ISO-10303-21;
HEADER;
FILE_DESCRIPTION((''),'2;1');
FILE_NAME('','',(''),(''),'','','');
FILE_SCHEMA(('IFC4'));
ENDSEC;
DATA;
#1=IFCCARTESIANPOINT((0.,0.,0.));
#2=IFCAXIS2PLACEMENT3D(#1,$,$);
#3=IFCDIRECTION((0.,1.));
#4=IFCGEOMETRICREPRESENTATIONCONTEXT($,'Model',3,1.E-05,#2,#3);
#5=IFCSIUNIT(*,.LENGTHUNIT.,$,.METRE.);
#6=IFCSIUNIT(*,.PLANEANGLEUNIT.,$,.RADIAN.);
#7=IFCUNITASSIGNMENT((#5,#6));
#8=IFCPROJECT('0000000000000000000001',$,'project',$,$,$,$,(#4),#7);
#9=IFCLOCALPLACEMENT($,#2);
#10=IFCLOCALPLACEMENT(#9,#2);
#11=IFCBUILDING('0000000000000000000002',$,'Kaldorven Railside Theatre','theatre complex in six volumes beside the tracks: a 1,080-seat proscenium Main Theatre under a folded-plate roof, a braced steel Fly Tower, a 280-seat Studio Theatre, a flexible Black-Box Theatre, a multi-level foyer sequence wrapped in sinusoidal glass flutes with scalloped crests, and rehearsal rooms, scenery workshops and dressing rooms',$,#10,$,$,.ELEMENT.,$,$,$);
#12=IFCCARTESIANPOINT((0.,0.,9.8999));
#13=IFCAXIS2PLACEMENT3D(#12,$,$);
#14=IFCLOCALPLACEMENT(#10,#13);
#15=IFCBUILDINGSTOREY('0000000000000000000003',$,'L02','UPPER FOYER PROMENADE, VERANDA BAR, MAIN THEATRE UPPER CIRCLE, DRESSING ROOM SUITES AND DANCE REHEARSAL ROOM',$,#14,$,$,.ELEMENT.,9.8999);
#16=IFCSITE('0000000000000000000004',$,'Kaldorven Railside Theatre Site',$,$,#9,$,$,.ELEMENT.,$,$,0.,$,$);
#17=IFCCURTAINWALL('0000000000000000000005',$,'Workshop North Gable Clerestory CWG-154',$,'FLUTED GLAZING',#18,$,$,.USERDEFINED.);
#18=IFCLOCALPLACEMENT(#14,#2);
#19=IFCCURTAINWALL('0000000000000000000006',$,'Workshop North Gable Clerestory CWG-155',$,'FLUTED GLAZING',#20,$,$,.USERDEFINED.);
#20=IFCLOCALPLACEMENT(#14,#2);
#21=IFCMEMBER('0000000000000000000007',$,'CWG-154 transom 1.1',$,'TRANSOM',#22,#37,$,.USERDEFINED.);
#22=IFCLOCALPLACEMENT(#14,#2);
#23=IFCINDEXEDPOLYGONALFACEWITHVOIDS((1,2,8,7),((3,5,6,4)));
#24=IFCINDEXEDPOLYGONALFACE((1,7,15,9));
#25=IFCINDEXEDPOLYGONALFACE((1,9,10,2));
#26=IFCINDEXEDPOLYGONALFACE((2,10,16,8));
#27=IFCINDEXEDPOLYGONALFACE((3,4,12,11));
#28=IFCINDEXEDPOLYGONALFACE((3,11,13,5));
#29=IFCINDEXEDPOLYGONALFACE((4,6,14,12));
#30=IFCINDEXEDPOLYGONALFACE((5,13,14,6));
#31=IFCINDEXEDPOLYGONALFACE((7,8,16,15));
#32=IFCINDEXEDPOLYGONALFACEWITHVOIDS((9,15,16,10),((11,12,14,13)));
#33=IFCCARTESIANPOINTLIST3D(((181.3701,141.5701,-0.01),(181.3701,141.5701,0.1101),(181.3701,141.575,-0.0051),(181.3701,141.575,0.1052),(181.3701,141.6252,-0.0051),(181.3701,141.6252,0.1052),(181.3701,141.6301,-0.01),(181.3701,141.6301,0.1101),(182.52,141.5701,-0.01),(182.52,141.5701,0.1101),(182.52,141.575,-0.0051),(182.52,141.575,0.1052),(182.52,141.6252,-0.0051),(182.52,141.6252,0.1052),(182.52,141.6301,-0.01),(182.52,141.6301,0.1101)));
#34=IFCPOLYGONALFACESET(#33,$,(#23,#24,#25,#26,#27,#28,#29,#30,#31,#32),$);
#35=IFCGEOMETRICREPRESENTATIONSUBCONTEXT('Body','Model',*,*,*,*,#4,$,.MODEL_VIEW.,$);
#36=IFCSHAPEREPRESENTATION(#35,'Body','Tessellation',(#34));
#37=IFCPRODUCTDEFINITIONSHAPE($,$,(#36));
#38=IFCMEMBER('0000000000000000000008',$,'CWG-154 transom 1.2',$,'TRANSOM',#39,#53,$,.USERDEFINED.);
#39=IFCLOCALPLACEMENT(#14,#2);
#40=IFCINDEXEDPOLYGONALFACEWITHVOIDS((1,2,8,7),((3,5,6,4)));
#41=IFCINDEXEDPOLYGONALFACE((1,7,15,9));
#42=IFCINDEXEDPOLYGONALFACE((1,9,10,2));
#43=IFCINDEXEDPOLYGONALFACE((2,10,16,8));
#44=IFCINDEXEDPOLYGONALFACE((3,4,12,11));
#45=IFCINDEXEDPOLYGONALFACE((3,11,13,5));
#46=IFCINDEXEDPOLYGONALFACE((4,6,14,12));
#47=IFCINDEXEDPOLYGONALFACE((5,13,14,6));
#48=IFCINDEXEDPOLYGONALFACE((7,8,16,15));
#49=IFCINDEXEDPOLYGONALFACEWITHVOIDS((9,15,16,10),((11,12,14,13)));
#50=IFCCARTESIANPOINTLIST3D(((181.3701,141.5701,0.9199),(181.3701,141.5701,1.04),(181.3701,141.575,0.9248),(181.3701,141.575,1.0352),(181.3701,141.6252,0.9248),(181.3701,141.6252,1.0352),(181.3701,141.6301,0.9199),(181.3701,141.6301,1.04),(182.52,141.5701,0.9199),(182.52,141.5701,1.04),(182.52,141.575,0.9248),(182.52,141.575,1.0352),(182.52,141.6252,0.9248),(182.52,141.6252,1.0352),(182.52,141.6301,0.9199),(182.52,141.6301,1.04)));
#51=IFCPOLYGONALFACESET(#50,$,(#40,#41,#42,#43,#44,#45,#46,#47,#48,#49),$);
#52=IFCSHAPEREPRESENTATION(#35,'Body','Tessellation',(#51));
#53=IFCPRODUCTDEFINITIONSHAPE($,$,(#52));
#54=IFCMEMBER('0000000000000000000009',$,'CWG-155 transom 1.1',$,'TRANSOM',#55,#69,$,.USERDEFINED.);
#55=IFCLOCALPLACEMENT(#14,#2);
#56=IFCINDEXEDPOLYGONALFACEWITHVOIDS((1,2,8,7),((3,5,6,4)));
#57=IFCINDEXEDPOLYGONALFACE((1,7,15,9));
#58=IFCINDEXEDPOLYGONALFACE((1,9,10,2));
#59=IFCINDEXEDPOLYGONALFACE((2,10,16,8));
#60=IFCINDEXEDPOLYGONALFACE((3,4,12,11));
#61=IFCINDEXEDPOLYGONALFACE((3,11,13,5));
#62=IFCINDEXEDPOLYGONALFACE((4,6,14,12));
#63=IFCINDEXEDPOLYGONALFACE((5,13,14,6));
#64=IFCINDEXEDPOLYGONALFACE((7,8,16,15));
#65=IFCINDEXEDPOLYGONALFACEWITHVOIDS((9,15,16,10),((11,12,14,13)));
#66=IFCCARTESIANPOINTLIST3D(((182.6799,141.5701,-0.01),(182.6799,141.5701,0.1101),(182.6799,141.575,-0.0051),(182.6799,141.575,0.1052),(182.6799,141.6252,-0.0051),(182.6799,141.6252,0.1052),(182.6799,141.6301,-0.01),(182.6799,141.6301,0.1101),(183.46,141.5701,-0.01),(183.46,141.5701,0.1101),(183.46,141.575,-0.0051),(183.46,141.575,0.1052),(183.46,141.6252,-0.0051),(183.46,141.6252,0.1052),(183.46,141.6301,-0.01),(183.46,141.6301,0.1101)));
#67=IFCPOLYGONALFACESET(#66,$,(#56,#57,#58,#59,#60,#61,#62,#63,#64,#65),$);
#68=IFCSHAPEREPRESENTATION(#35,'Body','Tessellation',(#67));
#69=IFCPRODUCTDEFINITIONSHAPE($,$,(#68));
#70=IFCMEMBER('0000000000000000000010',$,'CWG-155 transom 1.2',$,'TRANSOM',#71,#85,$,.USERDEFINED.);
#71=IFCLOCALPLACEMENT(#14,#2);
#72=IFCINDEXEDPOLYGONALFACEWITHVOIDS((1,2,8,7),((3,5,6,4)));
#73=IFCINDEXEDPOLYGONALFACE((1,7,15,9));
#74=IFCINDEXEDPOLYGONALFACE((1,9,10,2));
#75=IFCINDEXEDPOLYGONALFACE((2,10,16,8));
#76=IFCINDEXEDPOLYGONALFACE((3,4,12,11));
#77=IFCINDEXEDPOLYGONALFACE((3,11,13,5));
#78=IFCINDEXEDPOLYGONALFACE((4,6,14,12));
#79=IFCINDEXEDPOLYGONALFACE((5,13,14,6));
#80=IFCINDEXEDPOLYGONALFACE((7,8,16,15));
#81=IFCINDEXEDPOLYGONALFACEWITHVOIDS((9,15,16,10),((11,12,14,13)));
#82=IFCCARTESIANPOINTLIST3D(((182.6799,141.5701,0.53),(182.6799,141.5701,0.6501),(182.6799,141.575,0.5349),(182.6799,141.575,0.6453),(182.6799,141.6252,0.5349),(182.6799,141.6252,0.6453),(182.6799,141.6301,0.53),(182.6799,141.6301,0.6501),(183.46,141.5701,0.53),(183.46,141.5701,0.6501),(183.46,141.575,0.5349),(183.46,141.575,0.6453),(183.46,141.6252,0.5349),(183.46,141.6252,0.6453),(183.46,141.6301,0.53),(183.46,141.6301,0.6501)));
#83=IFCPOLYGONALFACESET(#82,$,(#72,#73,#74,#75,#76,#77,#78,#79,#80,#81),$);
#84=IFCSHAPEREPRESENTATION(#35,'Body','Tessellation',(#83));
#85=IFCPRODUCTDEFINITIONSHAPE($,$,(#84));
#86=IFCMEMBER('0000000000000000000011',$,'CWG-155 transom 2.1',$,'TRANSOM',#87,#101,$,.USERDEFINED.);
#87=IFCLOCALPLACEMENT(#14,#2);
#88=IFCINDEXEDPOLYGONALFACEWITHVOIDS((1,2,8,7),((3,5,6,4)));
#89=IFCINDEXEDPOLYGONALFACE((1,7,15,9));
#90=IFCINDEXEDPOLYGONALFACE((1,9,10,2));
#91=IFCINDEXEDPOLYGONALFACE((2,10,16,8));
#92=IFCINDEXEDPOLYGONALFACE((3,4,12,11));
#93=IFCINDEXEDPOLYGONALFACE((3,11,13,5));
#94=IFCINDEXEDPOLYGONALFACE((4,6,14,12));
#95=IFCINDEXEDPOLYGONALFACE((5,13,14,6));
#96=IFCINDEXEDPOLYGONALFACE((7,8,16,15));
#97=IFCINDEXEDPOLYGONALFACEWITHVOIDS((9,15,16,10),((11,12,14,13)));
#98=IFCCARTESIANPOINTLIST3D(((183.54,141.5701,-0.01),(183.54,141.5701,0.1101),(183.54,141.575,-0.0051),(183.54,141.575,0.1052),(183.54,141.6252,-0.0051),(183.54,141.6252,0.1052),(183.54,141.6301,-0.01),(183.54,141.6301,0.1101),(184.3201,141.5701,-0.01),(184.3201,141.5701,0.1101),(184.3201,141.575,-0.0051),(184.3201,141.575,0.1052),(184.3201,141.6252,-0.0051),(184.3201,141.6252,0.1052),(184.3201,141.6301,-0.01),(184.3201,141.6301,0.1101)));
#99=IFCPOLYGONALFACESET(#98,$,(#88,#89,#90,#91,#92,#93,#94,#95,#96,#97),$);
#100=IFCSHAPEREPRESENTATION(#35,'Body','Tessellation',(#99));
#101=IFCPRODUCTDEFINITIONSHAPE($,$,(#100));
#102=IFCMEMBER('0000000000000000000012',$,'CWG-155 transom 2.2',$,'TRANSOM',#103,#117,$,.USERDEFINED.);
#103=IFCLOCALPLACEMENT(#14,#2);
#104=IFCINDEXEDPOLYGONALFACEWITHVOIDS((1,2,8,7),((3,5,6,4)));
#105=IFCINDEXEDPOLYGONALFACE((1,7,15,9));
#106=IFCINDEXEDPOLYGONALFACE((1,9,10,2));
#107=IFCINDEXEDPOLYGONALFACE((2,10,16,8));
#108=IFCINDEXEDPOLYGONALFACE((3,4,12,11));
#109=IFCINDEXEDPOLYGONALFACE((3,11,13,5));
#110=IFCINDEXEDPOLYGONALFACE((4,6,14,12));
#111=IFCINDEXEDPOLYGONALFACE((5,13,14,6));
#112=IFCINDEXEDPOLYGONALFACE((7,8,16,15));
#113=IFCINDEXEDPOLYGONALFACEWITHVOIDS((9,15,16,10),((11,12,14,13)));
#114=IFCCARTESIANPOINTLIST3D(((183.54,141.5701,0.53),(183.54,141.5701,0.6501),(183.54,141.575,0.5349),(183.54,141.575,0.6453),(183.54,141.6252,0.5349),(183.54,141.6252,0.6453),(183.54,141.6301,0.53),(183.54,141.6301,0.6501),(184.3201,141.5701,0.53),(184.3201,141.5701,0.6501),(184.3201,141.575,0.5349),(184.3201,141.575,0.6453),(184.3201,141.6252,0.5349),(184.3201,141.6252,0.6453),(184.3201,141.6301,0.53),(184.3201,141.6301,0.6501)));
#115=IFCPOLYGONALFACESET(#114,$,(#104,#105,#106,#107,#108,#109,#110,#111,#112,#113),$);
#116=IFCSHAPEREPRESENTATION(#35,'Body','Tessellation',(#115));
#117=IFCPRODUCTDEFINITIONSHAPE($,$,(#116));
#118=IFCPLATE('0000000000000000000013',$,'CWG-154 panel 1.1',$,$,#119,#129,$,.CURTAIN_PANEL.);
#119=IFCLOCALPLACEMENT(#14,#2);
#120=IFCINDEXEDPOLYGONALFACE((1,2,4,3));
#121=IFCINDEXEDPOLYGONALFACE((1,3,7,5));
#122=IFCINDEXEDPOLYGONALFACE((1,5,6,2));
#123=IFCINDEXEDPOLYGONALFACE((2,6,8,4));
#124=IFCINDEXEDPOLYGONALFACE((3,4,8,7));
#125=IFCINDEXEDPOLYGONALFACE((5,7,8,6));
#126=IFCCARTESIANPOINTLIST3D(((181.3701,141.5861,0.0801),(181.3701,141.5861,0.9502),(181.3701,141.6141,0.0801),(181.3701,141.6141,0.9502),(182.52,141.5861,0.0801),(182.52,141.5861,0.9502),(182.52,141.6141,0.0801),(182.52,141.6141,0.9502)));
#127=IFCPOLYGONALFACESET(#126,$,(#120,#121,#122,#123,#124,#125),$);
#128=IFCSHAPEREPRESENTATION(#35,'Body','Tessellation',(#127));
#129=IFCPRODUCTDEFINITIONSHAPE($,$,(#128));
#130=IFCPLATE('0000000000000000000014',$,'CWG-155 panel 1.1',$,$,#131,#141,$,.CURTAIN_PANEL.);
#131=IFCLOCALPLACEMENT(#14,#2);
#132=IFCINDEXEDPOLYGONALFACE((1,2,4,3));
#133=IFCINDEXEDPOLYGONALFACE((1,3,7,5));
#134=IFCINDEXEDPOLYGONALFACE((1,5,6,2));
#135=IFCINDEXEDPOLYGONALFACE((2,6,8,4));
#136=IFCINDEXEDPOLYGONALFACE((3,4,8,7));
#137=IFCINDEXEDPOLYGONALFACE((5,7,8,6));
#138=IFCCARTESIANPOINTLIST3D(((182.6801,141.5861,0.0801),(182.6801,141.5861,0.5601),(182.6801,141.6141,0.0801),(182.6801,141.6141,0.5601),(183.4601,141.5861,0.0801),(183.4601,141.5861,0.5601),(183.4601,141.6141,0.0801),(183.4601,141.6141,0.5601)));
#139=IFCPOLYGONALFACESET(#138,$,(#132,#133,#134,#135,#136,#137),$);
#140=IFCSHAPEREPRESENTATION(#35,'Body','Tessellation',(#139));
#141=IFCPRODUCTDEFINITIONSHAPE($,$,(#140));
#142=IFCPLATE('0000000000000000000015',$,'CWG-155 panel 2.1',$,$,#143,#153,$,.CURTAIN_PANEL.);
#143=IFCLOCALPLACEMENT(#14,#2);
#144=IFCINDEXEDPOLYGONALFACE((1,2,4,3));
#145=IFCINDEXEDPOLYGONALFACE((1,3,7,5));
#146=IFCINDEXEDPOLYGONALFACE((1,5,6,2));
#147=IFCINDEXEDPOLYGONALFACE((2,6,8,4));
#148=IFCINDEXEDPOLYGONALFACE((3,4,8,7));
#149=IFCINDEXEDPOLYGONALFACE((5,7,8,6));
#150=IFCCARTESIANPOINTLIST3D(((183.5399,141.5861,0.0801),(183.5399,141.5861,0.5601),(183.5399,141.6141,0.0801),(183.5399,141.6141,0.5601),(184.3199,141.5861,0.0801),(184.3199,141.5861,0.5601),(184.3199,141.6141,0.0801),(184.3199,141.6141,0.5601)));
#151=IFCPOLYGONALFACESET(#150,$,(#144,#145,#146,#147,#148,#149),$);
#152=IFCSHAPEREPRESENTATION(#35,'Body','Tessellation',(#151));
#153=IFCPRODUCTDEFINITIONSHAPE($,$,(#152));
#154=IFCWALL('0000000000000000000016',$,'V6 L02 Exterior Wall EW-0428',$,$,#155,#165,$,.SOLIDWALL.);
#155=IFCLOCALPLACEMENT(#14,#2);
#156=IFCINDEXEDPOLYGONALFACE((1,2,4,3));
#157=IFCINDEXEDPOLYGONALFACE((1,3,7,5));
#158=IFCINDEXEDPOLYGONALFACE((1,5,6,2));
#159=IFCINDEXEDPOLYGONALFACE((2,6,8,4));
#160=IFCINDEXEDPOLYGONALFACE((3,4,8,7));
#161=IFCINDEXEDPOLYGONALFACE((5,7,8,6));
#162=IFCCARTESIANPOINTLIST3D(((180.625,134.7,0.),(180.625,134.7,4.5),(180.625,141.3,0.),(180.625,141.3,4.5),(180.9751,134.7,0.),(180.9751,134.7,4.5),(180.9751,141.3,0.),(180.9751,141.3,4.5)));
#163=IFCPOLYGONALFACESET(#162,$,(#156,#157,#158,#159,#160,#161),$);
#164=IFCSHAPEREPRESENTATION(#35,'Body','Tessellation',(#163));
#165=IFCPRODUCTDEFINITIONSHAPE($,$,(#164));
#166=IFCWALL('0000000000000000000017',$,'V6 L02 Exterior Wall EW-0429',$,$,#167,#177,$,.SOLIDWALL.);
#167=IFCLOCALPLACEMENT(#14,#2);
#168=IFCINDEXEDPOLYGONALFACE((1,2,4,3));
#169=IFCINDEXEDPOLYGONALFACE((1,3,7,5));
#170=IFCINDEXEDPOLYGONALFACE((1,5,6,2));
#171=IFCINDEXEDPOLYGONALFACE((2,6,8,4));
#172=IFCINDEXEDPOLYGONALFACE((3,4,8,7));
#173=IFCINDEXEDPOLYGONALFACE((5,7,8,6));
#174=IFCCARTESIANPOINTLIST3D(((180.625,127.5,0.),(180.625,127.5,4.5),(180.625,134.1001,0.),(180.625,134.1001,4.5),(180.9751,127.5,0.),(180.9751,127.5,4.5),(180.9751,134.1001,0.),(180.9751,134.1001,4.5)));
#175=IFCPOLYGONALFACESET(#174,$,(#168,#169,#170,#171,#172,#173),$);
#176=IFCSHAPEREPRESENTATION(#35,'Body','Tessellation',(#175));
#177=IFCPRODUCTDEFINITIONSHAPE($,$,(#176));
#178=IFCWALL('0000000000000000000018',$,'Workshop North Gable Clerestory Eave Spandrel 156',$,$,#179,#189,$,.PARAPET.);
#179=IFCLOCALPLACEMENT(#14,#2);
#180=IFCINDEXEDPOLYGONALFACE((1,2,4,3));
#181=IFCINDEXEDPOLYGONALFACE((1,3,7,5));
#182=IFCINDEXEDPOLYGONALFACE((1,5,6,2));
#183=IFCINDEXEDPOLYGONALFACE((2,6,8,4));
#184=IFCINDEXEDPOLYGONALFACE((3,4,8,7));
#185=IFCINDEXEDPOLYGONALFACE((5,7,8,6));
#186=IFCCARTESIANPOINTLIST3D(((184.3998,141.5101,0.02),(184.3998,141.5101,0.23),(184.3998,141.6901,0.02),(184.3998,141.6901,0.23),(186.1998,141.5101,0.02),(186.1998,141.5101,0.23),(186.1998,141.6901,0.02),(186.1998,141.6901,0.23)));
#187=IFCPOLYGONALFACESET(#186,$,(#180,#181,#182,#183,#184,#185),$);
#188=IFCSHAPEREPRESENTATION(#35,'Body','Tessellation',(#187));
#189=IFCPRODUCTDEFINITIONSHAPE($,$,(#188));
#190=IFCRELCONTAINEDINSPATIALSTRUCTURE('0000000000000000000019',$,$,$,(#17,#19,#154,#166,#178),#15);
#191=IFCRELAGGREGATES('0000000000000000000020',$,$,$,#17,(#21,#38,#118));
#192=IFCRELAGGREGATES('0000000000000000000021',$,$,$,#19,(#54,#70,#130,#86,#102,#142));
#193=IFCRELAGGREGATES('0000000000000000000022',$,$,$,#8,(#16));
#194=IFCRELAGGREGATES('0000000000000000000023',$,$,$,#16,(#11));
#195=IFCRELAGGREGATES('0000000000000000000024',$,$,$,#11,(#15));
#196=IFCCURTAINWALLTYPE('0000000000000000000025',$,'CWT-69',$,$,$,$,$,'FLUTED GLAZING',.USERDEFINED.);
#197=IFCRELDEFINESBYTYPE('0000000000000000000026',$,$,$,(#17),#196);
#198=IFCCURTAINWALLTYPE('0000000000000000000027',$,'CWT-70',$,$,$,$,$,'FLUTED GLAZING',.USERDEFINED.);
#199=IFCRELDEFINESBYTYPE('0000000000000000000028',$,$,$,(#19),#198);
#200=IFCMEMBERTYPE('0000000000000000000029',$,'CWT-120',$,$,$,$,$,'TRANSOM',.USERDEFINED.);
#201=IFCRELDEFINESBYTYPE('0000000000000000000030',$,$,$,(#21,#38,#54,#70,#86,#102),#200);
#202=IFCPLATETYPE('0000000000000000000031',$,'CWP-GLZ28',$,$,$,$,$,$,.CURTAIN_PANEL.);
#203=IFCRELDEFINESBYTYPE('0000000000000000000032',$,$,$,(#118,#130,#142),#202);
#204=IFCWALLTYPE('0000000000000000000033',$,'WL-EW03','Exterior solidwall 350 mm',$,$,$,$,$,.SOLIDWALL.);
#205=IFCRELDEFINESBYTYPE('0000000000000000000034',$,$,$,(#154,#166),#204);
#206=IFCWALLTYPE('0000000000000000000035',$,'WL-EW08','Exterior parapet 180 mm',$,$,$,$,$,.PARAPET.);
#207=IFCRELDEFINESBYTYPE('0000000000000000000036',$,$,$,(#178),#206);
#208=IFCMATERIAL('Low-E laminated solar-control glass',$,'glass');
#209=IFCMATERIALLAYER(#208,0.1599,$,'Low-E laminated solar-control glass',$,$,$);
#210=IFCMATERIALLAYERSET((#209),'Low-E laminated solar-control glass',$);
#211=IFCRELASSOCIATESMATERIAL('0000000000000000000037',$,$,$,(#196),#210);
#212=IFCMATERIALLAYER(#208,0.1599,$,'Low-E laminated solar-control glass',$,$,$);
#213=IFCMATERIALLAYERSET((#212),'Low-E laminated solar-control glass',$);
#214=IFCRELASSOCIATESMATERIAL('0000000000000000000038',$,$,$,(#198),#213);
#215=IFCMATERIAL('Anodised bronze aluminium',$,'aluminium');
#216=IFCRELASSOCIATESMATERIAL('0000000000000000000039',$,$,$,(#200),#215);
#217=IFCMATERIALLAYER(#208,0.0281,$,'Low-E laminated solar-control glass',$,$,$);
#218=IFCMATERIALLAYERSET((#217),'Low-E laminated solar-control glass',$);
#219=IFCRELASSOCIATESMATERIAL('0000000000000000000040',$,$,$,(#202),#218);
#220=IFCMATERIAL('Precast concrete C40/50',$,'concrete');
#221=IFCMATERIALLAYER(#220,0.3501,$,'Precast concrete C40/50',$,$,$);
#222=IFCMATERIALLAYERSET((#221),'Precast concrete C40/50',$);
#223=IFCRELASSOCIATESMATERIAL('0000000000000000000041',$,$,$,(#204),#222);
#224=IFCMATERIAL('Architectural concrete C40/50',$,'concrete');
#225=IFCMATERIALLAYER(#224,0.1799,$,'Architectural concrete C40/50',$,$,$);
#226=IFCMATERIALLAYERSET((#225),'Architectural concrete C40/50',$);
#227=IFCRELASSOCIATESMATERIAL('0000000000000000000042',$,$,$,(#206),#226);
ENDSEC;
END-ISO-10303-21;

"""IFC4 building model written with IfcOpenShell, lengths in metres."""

from ifc_helpers import new_model, si_unit, direction, frame, frame_2d, origin, origin_2d, place, context, subcontext, project, spatial, rectangle, hollow_rectangle, extrude, material, layer, layer_set, material_profile, profile_set, type_object, element, aggregate, save


model = new_model("IFC4")

# Units and contexts
model_context = context("Model", 3, precision=1e-05, world=origin(), true_north=direction((0.0, 1.0)))
body_context = subcontext(model_context, "Body", "Model", "MODEL_VIEW")
ifc_project = project(units=[si_unit("LENGTHUNIT", "METRE"), si_unit("PLANEANGLEUNIT", "RADIAN")], contexts=[model_context])

# Site, building, storey
site_placement = place(None, origin())
site = spatial("IfcSite", under=ifc_project, at=site_placement, Name="Kaldorven Railside Theatre Site", CompositionType="ELEMENT", RefElevation=0.0)
building_placement = place(site_placement, origin())
building = spatial("IfcBuilding", under=site, at=building_placement, Name="Kaldorven Railside Theatre", Description="theatre complex in six volumes beside the tracks: a 1,080-seat proscenium Main Theatre under a folded-plate roof, a braced steel Fly Tower, a 280-seat Studio Theatre, a flexible Black-Box Theatre, a multi-level foyer sequence wrapped in sinusoidal glass flutes with scalloped crests, and rehearsal rooms, scenery workshops and dressing rooms", CompositionType="ELEMENT")
storey_placement = place(building_placement, frame((0.0, 0.0, 9.8999)))
storey = spatial("IfcBuildingStorey", under=building, at=storey_placement, Name="L02", Description="UPPER FOYER PROMENADE, VERANDA BAR, MAIN THEATRE UPPER CIRCLE, DRESSING ROOM SUITES AND DANCE REHEARSAL ROOM", CompositionType="ELEMENT", Elevation=9.8999)

# Curtain walls
ifc_material_1 = material(Name="Low-E laminated solar-control glass", Category="glass")
ifc_layer_1 = layer(ifc_material_1, 0.1599, Name="Low-E laminated solar-control glass")
ifc_layer_set_1 = layer_set([ifc_layer_1], Name="Low-E laminated solar-control glass")
curtain_wall_type_1 = type_object("IfcCurtainWallType", Name="CWT-69", ElementType="FLUTED GLAZING", PredefinedType="USERDEFINED", material=ifc_layer_set_1)
curtain_wall_1_placement = place(storey_placement, origin())
curtain_wall_1 = element("IfcCurtainWall", 1, at=curtain_wall_1_placement, inside=storey, type_object=curtain_wall_type_1, Name="Workshop North Gable Clerestory CWG-154", ObjectType="FLUTED GLAZING", PredefinedType="USERDEFINED")
ifc_material_2 = material(Name="Anodised bronze aluminium", Category="aluminium")
ifc_layer_2 = layer(ifc_material_1, 0.1599, Name="Low-E laminated solar-control glass")
ifc_layer_set_2 = layer_set([ifc_layer_2], Name="Low-E laminated solar-control glass")
curtain_wall_type_2 = type_object("IfcCurtainWallType", Name="CWT-70", ElementType="FLUTED GLAZING", PredefinedType="USERDEFINED", material=ifc_layer_set_2)
curtain_wall_2_placement = place(storey_placement, origin())
curtain_wall_2 = element("IfcCurtainWall", 2, at=curtain_wall_2_placement, inside=storey, type_object=curtain_wall_type_2, Name="Workshop North Gable Clerestory CWG-155", ObjectType="FLUTED GLAZING", PredefinedType="USERDEFINED")

# Members
ifc_material_profile_1 = material_profile(ifc_material_2, hollow_rectangle(XDim=0.0601, YDim=0.1201, WallThickness=0.0049, at=origin_2d()), Name="RHS 120x60x5")
ifc_profile_set_1 = profile_set([ifc_material_profile_1], Name="Anodised bronze aluminium")
member_type_1 = type_object("IfcMemberType", Name="CWT-120", ElementType="TRANSOM", PredefinedType="USERDEFINED", material=ifc_profile_set_1)
member_1_placement = place(storey_placement, frame((181.3701, 141.6001, 0.05), z_axis=(1.0, 0.0, 0.0), x_axis=(0.0, 1.0, 0.0)))
member_1 = element("IfcMember", 3, at=member_1_placement, type_object=member_type_1, Name="CWG-154 transom 1.1", ObjectType="TRANSOM", PredefinedType="USERDEFINED", context=body_context, shape_type="SweptSolid", body=[
    extrude(hollow_rectangle(XDim=0.0601, YDim=0.1201, WallThickness=0.0049, at=origin_2d()), origin(), (0.0, 0.0, 1.0), 1.1499),
])
member_2_placement = place(storey_placement, frame((181.3701, 141.6001, 0.98), z_axis=(1.0, 0.0, 0.0), x_axis=(0.0, 1.0, 0.0)))
member_2 = element("IfcMember", 4, at=member_2_placement, type_object=member_type_1, Name="CWG-154 transom 1.2", ObjectType="TRANSOM", PredefinedType="USERDEFINED", context=body_context, shape_type="SweptSolid", body=[
    extrude(hollow_rectangle(XDim=0.0601, YDim=0.1201, WallThickness=0.0049, at=origin_2d()), origin(), (0.0, 0.0, 1.0), 1.1499),
])
member_3_placement = place(storey_placement, frame((182.6799, 141.6001, 0.05), z_axis=(1.0, 0.0, 0.0), x_axis=(0.0, 1.0, 0.0)))
member_3 = element("IfcMember", 5, at=member_3_placement, type_object=member_type_1, Name="CWG-155 transom 1.1", ObjectType="TRANSOM", PredefinedType="USERDEFINED", context=body_context, shape_type="SweptSolid", body=[
    extrude(hollow_rectangle(XDim=0.0601, YDim=0.1201, WallThickness=0.0049, at=origin_2d()), origin(), (0.0, 0.0, 1.0), 0.78),
])
member_4_placement = place(storey_placement, frame((182.6799, 141.6001, 0.5901), z_axis=(1.0, 0.0, 0.0), x_axis=(0.0, 1.0, 0.0)))
member_4 = element("IfcMember", 6, at=member_4_placement, type_object=member_type_1, Name="CWG-155 transom 1.2", ObjectType="TRANSOM", PredefinedType="USERDEFINED", context=body_context, shape_type="SweptSolid", body=[
    extrude(hollow_rectangle(XDim=0.0601, YDim=0.1201, WallThickness=0.0049, at=origin_2d()), origin(), (0.0, 0.0, 1.0), 0.78),
])
member_5_placement = place(storey_placement, frame((183.54, 141.6001, 0.05), z_axis=(1.0, 0.0, 0.0), x_axis=(0.0, 1.0, 0.0)))
member_5 = element("IfcMember", 7, at=member_5_placement, type_object=member_type_1, Name="CWG-155 transom 2.1", ObjectType="TRANSOM", PredefinedType="USERDEFINED", context=body_context, shape_type="SweptSolid", body=[
    extrude(hollow_rectangle(XDim=0.0601, YDim=0.1201, WallThickness=0.0049, at=origin_2d()), origin(), (0.0, 0.0, 1.0), 0.78),
])
member_6_placement = place(storey_placement, frame((183.54, 141.6001, 0.5901), z_axis=(1.0, 0.0, 0.0), x_axis=(0.0, 1.0, 0.0)))
member_6 = element("IfcMember", 8, at=member_6_placement, type_object=member_type_1, Name="CWG-155 transom 2.2", ObjectType="TRANSOM", PredefinedType="USERDEFINED", context=body_context, shape_type="SweptSolid", body=[
    extrude(hollow_rectangle(XDim=0.0601, YDim=0.1201, WallThickness=0.0049, at=origin_2d()), origin(), (0.0, 0.0, 1.0), 0.78),
])

# Plates
ifc_layer_3 = layer(ifc_material_1, 0.0281, Name="Low-E laminated solar-control glass")
ifc_layer_set_3 = layer_set([ifc_layer_3], Name="Low-E laminated solar-control glass")
plate_type = type_object("IfcPlateType", Name="CWP-GLZ28", PredefinedType="CURTAIN_PANEL", material=ifc_layer_set_3)
plate_1_placement = place(storey_placement, frame((181.9451, 141.6001, 0.0801), z_axis=(0.0, 0.0, 1.0), x_axis=(1.0, 0.0, 0.0)))
plate_1 = element("IfcPlate", 9, at=plate_1_placement, type_object=plate_type, Name="CWG-154 panel 1.1", PredefinedType="CURTAIN_PANEL", context=body_context, shape_type="SweptSolid", body=[
    extrude(rectangle(XDim=1.1499, YDim=0.0281, at=origin_2d()), origin(), (0.0, 0.0, 1.0), 0.8701),
])
aggregate(curtain_wall_1, [member_1, member_2, plate_1])
plate_2_placement = place(storey_placement, frame((183.0701, 141.6001, 0.0801), z_axis=(0.0, 0.0, 1.0), x_axis=(1.0, 0.0, 0.0)))
plate_2 = element("IfcPlate", 10, at=plate_2_placement, type_object=plate_type, Name="CWG-155 panel 1.1", PredefinedType="CURTAIN_PANEL", context=body_context, shape_type="SweptSolid", body=[
    extrude(rectangle(XDim=0.78, YDim=0.0281, at=origin_2d()), origin(), (0.0, 0.0, 1.0), 0.48),
])
plate_3_placement = place(storey_placement, frame((183.9299, 141.6001, 0.0801), z_axis=(0.0, 0.0, 1.0), x_axis=(1.0, 0.0, 0.0)))
plate_3 = element("IfcPlate", 11, at=plate_3_placement, type_object=plate_type, Name="CWG-155 panel 2.1", PredefinedType="CURTAIN_PANEL", context=body_context, shape_type="SweptSolid", body=[
    extrude(rectangle(XDim=0.78, YDim=0.0281, at=origin_2d()), origin(), (0.0, 0.0, 1.0), 0.48),
])
aggregate(curtain_wall_2, [member_3, member_4, plate_2, member_5, member_6, plate_3])

# Walls
ifc_material_3 = material(Name="Precast concrete C40/50", Category="concrete")
ifc_layer_4 = layer(ifc_material_3, 0.3501, Name="Precast concrete C40/50")
ifc_layer_set_4 = layer_set([ifc_layer_4], Name="Precast concrete C40/50")
wall_type_1 = type_object("IfcWallType", Name="WL-EW03", Description="Exterior solidwall 350 mm", PredefinedType="SOLIDWALL", material=ifc_layer_set_4)
for number, where, z_axis, x_axis, name in (
    (12, (180.8, 141.3, 0.0), (0.0, 0.0, 1.0), (0.0, -1.0, 0.0), "V6 L02 Exterior Wall EW-0428"),
    (13, (180.8, 134.1001, 0.0), (0.0, 0.0, 1.0), (0.0, -1.0, 0.0), "V6 L02 Exterior Wall EW-0429"),
):
    element("IfcWall", number, at=place(storey_placement, frame(where, z_axis=z_axis, x_axis=x_axis)), inside=storey, type_object=wall_type_1, Name=name, PredefinedType="SOLIDWALL", context=body_context, shape_type="SweptSolid", body=[
        extrude(rectangle(XDim=6.6001, YDim=0.3501, at=frame_2d((3.3, 0.0))), origin(), (0.0, 0.0, 1.0), 4.5),
    ])
ifc_material_4 = material(Name="Architectural concrete C40/50", Category="concrete")
ifc_layer_5 = layer(ifc_material_4, 0.1799, Name="Architectural concrete C40/50")
ifc_layer_set_5 = layer_set([ifc_layer_5], Name="Architectural concrete C40/50")
wall_type_2 = type_object("IfcWallType", Name="WL-EW08", Description="Exterior parapet 180 mm", PredefinedType="PARAPET", material=ifc_layer_set_5)
wall_placement = place(storey_placement, frame((184.3999, 141.6001, 0.02), z_axis=(0.0, 0.0, 1.0), x_axis=(1.0, 0.0, 0.0)))
element("IfcWall", 14, at=wall_placement, inside=storey, type_object=wall_type_2, Name="Workshop North Gable Clerestory Eave Spandrel 156", PredefinedType="PARAPET", context=body_context, shape_type="SweptSolid", body=[
    extrude(rectangle(XDim=1.8, YDim=0.1799, at=frame_2d((0.8999, 0.0))), origin(), (0.0, 0.0, 1.0), 0.21),
])

save(model, "model.ifc")
